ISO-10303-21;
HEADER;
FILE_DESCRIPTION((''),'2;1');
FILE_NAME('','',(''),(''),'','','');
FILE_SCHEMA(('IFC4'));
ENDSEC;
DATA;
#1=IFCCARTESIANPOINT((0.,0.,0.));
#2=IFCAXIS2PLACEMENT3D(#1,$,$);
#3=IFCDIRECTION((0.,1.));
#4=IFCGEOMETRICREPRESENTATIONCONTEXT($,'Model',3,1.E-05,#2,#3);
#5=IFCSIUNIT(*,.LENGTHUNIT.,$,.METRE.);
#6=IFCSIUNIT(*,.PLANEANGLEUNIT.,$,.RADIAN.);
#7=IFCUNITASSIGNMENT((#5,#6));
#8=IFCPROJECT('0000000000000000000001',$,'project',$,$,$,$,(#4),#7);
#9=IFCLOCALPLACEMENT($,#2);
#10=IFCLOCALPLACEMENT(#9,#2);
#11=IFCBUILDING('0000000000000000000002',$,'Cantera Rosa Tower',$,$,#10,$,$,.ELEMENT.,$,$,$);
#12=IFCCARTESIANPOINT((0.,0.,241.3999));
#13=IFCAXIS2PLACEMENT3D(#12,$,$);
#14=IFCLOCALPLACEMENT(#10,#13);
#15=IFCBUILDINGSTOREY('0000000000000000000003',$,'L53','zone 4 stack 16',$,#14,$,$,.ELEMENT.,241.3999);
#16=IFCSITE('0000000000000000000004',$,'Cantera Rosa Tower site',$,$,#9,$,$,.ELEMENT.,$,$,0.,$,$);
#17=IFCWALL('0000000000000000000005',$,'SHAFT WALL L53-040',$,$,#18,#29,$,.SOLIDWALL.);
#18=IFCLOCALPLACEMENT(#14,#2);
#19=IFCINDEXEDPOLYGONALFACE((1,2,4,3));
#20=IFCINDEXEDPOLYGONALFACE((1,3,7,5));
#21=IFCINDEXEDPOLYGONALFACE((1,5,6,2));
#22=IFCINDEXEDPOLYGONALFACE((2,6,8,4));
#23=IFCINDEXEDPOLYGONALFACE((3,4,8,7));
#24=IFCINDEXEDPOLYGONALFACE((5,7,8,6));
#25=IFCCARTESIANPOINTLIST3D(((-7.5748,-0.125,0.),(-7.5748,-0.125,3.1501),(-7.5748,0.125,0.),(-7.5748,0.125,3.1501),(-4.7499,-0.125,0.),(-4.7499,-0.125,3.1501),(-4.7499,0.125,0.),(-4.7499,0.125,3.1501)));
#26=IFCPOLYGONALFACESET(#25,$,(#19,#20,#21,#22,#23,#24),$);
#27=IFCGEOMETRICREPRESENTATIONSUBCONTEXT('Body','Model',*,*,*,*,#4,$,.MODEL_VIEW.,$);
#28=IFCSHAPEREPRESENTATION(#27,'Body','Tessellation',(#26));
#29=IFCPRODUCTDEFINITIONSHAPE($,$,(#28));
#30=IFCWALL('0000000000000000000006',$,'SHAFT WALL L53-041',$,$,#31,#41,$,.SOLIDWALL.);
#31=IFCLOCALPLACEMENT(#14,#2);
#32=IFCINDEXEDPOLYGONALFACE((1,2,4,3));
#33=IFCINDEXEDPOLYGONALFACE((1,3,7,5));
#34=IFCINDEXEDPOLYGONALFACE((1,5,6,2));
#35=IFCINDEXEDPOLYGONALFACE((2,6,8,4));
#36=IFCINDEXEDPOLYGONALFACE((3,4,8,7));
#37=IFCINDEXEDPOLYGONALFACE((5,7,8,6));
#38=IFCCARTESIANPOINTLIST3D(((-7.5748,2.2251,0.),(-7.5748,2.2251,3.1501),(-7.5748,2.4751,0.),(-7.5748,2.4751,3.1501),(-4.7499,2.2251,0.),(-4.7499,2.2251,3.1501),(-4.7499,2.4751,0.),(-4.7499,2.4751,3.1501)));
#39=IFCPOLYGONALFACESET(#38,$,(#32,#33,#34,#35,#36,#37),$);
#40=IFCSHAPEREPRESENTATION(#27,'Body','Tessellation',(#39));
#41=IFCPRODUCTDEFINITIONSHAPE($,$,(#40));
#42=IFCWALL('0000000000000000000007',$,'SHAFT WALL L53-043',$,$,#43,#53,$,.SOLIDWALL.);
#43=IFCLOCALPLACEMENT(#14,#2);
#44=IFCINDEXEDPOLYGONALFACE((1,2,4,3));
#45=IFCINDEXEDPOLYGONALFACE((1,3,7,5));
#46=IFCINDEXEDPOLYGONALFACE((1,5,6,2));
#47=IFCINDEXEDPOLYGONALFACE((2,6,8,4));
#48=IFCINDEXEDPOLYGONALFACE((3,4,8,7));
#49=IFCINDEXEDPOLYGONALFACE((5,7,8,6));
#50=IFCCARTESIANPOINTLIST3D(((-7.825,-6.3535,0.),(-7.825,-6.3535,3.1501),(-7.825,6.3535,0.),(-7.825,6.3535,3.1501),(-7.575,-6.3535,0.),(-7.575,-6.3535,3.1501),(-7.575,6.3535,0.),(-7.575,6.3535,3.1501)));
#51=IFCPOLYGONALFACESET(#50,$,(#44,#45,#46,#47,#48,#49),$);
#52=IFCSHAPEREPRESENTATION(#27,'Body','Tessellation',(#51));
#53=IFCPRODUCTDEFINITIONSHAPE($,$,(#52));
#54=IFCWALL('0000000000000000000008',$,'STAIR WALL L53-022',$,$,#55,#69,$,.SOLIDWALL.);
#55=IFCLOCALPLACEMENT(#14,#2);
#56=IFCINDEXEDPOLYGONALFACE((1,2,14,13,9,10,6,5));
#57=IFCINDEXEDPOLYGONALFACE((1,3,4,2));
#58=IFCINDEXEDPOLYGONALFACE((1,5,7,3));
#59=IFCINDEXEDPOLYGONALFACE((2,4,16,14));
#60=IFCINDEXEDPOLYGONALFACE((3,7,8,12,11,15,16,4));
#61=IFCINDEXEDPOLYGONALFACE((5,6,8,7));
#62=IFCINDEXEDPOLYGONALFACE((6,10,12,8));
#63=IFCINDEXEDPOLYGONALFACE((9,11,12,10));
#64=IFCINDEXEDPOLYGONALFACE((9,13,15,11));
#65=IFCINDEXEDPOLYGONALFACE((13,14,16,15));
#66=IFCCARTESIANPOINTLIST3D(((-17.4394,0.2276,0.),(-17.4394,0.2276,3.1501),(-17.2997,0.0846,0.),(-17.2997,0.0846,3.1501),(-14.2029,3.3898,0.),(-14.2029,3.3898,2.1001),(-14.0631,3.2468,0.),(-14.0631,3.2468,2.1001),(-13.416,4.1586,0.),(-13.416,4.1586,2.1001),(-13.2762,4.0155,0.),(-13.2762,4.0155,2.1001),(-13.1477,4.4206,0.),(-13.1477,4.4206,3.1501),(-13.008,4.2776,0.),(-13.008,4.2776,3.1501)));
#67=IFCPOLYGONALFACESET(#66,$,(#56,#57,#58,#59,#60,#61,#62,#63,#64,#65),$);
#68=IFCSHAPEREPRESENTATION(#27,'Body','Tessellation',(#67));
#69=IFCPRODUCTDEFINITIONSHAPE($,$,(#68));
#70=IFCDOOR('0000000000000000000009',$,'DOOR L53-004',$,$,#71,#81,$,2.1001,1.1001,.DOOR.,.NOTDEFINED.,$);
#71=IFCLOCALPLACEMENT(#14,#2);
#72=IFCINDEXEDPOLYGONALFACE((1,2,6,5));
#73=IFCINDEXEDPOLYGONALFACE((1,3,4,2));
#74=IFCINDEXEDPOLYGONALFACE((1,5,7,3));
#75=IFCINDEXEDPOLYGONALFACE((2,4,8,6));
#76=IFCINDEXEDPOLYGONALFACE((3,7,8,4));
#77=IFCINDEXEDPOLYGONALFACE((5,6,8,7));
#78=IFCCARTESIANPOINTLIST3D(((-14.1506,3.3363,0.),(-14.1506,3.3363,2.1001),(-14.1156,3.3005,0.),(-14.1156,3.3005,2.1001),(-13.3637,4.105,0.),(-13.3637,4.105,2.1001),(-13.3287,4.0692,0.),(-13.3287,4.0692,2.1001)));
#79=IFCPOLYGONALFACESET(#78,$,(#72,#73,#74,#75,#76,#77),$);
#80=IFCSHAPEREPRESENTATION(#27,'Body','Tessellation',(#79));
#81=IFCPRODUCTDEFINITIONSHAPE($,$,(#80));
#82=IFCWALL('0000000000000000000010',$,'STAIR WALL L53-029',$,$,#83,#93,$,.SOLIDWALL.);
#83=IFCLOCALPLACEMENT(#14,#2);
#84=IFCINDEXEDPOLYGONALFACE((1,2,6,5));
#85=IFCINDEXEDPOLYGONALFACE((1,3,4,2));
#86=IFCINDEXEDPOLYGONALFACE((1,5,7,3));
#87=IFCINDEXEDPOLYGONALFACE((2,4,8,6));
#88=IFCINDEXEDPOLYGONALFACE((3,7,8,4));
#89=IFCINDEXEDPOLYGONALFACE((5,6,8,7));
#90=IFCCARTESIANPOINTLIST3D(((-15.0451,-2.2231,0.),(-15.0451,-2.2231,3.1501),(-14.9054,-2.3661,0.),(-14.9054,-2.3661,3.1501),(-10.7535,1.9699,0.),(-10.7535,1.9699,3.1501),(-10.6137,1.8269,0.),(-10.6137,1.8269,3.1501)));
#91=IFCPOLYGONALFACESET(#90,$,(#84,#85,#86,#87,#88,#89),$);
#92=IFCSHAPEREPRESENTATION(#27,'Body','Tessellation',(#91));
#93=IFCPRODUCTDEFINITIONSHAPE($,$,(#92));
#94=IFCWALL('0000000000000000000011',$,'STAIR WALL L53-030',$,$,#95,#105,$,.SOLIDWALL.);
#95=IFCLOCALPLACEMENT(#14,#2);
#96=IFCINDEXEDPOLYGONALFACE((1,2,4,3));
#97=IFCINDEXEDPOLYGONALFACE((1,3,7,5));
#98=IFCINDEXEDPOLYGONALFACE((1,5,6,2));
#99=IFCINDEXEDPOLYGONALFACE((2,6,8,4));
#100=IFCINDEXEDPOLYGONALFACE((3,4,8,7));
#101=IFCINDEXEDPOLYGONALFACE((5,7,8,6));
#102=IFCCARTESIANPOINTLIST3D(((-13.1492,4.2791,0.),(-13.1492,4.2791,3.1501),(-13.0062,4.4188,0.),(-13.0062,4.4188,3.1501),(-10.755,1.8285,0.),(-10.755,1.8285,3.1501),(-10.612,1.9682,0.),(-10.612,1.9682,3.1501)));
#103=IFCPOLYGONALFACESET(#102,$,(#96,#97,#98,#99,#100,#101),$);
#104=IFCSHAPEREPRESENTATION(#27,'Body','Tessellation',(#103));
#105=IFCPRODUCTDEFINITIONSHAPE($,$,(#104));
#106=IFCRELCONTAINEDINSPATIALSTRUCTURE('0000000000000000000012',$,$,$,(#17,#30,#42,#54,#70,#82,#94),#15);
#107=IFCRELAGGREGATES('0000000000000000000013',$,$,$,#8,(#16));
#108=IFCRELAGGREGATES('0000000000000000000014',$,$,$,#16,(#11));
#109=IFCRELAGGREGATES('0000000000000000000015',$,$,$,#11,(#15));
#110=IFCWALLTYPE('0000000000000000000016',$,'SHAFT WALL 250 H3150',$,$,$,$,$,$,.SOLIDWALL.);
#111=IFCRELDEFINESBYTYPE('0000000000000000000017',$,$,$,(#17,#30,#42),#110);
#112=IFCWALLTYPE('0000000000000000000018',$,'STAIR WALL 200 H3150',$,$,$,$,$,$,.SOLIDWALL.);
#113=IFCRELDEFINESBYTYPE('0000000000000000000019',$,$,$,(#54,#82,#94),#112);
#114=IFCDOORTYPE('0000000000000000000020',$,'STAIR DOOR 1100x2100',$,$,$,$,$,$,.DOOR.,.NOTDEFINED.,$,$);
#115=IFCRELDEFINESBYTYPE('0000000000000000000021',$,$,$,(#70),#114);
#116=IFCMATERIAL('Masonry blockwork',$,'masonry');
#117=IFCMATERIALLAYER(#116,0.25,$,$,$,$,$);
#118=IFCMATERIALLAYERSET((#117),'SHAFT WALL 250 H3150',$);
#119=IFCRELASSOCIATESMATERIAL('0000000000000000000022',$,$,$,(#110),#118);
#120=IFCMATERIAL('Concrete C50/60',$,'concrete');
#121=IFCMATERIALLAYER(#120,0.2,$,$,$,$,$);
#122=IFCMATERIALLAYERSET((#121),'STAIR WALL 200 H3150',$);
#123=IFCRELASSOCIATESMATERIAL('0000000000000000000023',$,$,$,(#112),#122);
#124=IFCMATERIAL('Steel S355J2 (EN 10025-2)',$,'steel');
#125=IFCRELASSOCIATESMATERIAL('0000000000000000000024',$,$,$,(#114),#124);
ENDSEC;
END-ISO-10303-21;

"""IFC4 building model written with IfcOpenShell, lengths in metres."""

from ifc_helpers import new_model, si_unit, direction, frame, frame_2d, origin, place, context, subcontext, project, spatial, rectangle, extrude, material, layer, layer_set, type_object, element, fill, save


model = new_model("IFC4")

# Units and contexts
model_context = context("Model", 3, precision=1e-05, world=origin(), true_north=direction((0.0, 1.0)))
body_context = subcontext(model_context, "Body", "Model", "MODEL_VIEW")
ifc_project = project(units=[si_unit("LENGTHUNIT", "METRE"), si_unit("PLANEANGLEUNIT", "RADIAN")], contexts=[model_context])

# Site, building, storey
site_placement = place(None, origin())
site = spatial("IfcSite", under=ifc_project, at=site_placement, Name="Cantera Rosa Tower site", CompositionType="ELEMENT", RefElevation=0.0)
building_placement = place(site_placement, origin())
building = spatial("IfcBuilding", under=site, at=building_placement, Name="Cantera Rosa Tower", CompositionType="ELEMENT")
storey_placement = place(building_placement, frame((0.0, 0.0, 241.3999)))
storey = spatial("IfcBuildingStorey", under=building, at=storey_placement, Name="L53", Description="zone 4 stack 16", CompositionType="ELEMENT", Elevation=241.3999)

# Walls
ifc_material_1 = material(Name="Masonry blockwork", Category="masonry")
ifc_layer_1 = layer(ifc_material_1, 0.25)
ifc_layer_set_1 = layer_set([ifc_layer_1], Name="SHAFT WALL 250 H3150")
wall_type_1 = type_object("IfcWallType", Name="SHAFT WALL 250 H3150", PredefinedType="SOLIDWALL", material=ifc_layer_set_1)
for number, where, z_axis, x_axis, name in (
    (1, (-7.575, 0.0, 0.0), (0.0, 0.0, 1.0), (1.0, 0.0, 0.0), "SHAFT WALL L53-040"),
    (2, (-7.575, 2.3501, 0.0), (0.0, 0.0, 1.0), (1.0, 0.0, 0.0), "SHAFT WALL L53-041"),
):
    element("IfcWall", number, at=place(storey_placement, frame(where, z_axis=z_axis, x_axis=x_axis)), inside=storey, type_object=wall_type_1, Name=name, PredefinedType="SOLIDWALL", context=body_context, shape_type="SweptSolid", body=[
        extrude(rectangle(XDim=2.825, YDim=0.25, at=frame_2d((1.4126, 0.0))), origin(), (0.0, 0.0, 1.0), 3.1501),
    ])
wall_1_placement = place(storey_placement, frame((-7.7, 6.3535, 0.0), z_axis=(0.0, 0.0, 1.0), x_axis=(0.0, -1.0, 0.0)))
element("IfcWall", 3, at=wall_1_placement, inside=storey, type_object=wall_type_1, Name="SHAFT WALL L53-043", PredefinedType="SOLIDWALL", context=body_context, shape_type="SweptSolid", body=[
    extrude(rectangle(XDim=12.707, YDim=0.25, at=frame_2d((6.3535, 0.0))), origin(), (0.0, 0.0, 1.0), 3.1501),
])

# Wall, opening, door
ifc_material_2 = material(Name="Concrete C50/60", Category="concrete")
ifc_layer_2 = layer(ifc_material_2, 0.2)
ifc_layer_set_2 = layer_set([ifc_layer_2], Name="STAIR WALL 200 H3150")
wall_type_2 = type_object("IfcWallType", Name="STAIR WALL 200 H3150", PredefinedType="SOLIDWALL", material=ifc_layer_set_2)
wall_2_placement = place(storey_placement, frame((-13.0779, 4.3491, 0.0), z_axis=(0.0, 0.0, 1.0), x_axis=(-0.715278, -0.69884, 0.0)))
wall_2 = element("IfcWall", 4, at=wall_2_placement, inside=storey, type_object=wall_type_2, Name="STAIR WALL L53-022", PredefinedType="SOLIDWALL", context=body_context, shape_type="SweptSolid", body=[
    extrude(rectangle(XDim=6.0, YDim=0.2, at=frame_2d((3.0, 0.0))), origin(), (0.0, 0.0, 1.0), 3.1501),
])
opening_placement = place(wall_2_placement, frame((0.375, 0.0, 0.0)))
opening = element("IfcOpeningElement", 5, at=opening_placement, cuts=wall_2, PredefinedType="OPENING", context=body_context, shape_type="SweptSolid", body=[
    extrude(rectangle(XDim=1.1001, YDim=2.1001, at=frame_2d((0.55, 1.05))), frame((0.0, 0.1099, 0.0), z_axis=(0.0, -1.0, 0.0), x_axis=(1.0, 0.0, 0.0)), (0.0, 0.0, 1.0), 0.22),
])
ifc_material_3 = material(Name="Steel S355J2 (EN 10025-2)", Category="steel")
door_type = type_object("IfcDoorType", Name="STAIR DOOR 1100x2100", OperationType="NOTDEFINED", PredefinedType="DOOR", material=ifc_material_3)
door_placement = place(opening_placement, origin())
door = element("IfcDoor", 6, at=door_placement, inside=storey, type_object=door_type, Name="DOOR L53-004", OperationType="NOTDEFINED", OverallHeight=2.1001, OverallWidth=1.1001, PredefinedType="DOOR", context=body_context, shape_type="SweptSolid", body=[
    extrude(rectangle(XDim=1.1001, YDim=2.1001, at=frame_2d((0.55, 1.05))), frame((0.0, 0.0249, 0.0), z_axis=(0.0, -1.0, 0.0), x_axis=(1.0, 0.0, 0.0)), (0.0, 0.0, 1.0), 0.05),
])
fill(opening, door)

# Walls
wall_3_placement = place(storey_placement, frame((-10.6836, 1.8984, 0.0), z_axis=(0.0, 0.0, 1.0), x_axis=(-0.715278, -0.69884, 0.0)))
element("IfcWall", 7, at=wall_3_placement, inside=storey, type_object=wall_type_2, Name="STAIR WALL L53-029", PredefinedType="SOLIDWALL", context=body_context, shape_type="SweptSolid", body=[
    extrude(rectangle(XDim=6.0, YDim=0.2, at=frame_2d((3.0, 0.0))), origin(), (0.0, 0.0, 1.0), 3.1501),
])
wall_4_placement = place(storey_placement, frame((-10.6836, 1.8984, 0.0), z_axis=(0.0, 0.0, 1.0), x_axis=(-0.698829, 0.715289, 0.0)))
element("IfcWall", 8, at=wall_4_placement, inside=storey, type_object=wall_type_2, Name="STAIR WALL L53-030", PredefinedType="SOLIDWALL", context=body_context, shape_type="SweptSolid", body=[
    extrude(rectangle(XDim=3.426, YDim=0.2, at=frame_2d((1.7129, 0.0))), origin(), (0.0, 0.0, 1.0), 3.1501),
])

save(model, "model.ifc")
